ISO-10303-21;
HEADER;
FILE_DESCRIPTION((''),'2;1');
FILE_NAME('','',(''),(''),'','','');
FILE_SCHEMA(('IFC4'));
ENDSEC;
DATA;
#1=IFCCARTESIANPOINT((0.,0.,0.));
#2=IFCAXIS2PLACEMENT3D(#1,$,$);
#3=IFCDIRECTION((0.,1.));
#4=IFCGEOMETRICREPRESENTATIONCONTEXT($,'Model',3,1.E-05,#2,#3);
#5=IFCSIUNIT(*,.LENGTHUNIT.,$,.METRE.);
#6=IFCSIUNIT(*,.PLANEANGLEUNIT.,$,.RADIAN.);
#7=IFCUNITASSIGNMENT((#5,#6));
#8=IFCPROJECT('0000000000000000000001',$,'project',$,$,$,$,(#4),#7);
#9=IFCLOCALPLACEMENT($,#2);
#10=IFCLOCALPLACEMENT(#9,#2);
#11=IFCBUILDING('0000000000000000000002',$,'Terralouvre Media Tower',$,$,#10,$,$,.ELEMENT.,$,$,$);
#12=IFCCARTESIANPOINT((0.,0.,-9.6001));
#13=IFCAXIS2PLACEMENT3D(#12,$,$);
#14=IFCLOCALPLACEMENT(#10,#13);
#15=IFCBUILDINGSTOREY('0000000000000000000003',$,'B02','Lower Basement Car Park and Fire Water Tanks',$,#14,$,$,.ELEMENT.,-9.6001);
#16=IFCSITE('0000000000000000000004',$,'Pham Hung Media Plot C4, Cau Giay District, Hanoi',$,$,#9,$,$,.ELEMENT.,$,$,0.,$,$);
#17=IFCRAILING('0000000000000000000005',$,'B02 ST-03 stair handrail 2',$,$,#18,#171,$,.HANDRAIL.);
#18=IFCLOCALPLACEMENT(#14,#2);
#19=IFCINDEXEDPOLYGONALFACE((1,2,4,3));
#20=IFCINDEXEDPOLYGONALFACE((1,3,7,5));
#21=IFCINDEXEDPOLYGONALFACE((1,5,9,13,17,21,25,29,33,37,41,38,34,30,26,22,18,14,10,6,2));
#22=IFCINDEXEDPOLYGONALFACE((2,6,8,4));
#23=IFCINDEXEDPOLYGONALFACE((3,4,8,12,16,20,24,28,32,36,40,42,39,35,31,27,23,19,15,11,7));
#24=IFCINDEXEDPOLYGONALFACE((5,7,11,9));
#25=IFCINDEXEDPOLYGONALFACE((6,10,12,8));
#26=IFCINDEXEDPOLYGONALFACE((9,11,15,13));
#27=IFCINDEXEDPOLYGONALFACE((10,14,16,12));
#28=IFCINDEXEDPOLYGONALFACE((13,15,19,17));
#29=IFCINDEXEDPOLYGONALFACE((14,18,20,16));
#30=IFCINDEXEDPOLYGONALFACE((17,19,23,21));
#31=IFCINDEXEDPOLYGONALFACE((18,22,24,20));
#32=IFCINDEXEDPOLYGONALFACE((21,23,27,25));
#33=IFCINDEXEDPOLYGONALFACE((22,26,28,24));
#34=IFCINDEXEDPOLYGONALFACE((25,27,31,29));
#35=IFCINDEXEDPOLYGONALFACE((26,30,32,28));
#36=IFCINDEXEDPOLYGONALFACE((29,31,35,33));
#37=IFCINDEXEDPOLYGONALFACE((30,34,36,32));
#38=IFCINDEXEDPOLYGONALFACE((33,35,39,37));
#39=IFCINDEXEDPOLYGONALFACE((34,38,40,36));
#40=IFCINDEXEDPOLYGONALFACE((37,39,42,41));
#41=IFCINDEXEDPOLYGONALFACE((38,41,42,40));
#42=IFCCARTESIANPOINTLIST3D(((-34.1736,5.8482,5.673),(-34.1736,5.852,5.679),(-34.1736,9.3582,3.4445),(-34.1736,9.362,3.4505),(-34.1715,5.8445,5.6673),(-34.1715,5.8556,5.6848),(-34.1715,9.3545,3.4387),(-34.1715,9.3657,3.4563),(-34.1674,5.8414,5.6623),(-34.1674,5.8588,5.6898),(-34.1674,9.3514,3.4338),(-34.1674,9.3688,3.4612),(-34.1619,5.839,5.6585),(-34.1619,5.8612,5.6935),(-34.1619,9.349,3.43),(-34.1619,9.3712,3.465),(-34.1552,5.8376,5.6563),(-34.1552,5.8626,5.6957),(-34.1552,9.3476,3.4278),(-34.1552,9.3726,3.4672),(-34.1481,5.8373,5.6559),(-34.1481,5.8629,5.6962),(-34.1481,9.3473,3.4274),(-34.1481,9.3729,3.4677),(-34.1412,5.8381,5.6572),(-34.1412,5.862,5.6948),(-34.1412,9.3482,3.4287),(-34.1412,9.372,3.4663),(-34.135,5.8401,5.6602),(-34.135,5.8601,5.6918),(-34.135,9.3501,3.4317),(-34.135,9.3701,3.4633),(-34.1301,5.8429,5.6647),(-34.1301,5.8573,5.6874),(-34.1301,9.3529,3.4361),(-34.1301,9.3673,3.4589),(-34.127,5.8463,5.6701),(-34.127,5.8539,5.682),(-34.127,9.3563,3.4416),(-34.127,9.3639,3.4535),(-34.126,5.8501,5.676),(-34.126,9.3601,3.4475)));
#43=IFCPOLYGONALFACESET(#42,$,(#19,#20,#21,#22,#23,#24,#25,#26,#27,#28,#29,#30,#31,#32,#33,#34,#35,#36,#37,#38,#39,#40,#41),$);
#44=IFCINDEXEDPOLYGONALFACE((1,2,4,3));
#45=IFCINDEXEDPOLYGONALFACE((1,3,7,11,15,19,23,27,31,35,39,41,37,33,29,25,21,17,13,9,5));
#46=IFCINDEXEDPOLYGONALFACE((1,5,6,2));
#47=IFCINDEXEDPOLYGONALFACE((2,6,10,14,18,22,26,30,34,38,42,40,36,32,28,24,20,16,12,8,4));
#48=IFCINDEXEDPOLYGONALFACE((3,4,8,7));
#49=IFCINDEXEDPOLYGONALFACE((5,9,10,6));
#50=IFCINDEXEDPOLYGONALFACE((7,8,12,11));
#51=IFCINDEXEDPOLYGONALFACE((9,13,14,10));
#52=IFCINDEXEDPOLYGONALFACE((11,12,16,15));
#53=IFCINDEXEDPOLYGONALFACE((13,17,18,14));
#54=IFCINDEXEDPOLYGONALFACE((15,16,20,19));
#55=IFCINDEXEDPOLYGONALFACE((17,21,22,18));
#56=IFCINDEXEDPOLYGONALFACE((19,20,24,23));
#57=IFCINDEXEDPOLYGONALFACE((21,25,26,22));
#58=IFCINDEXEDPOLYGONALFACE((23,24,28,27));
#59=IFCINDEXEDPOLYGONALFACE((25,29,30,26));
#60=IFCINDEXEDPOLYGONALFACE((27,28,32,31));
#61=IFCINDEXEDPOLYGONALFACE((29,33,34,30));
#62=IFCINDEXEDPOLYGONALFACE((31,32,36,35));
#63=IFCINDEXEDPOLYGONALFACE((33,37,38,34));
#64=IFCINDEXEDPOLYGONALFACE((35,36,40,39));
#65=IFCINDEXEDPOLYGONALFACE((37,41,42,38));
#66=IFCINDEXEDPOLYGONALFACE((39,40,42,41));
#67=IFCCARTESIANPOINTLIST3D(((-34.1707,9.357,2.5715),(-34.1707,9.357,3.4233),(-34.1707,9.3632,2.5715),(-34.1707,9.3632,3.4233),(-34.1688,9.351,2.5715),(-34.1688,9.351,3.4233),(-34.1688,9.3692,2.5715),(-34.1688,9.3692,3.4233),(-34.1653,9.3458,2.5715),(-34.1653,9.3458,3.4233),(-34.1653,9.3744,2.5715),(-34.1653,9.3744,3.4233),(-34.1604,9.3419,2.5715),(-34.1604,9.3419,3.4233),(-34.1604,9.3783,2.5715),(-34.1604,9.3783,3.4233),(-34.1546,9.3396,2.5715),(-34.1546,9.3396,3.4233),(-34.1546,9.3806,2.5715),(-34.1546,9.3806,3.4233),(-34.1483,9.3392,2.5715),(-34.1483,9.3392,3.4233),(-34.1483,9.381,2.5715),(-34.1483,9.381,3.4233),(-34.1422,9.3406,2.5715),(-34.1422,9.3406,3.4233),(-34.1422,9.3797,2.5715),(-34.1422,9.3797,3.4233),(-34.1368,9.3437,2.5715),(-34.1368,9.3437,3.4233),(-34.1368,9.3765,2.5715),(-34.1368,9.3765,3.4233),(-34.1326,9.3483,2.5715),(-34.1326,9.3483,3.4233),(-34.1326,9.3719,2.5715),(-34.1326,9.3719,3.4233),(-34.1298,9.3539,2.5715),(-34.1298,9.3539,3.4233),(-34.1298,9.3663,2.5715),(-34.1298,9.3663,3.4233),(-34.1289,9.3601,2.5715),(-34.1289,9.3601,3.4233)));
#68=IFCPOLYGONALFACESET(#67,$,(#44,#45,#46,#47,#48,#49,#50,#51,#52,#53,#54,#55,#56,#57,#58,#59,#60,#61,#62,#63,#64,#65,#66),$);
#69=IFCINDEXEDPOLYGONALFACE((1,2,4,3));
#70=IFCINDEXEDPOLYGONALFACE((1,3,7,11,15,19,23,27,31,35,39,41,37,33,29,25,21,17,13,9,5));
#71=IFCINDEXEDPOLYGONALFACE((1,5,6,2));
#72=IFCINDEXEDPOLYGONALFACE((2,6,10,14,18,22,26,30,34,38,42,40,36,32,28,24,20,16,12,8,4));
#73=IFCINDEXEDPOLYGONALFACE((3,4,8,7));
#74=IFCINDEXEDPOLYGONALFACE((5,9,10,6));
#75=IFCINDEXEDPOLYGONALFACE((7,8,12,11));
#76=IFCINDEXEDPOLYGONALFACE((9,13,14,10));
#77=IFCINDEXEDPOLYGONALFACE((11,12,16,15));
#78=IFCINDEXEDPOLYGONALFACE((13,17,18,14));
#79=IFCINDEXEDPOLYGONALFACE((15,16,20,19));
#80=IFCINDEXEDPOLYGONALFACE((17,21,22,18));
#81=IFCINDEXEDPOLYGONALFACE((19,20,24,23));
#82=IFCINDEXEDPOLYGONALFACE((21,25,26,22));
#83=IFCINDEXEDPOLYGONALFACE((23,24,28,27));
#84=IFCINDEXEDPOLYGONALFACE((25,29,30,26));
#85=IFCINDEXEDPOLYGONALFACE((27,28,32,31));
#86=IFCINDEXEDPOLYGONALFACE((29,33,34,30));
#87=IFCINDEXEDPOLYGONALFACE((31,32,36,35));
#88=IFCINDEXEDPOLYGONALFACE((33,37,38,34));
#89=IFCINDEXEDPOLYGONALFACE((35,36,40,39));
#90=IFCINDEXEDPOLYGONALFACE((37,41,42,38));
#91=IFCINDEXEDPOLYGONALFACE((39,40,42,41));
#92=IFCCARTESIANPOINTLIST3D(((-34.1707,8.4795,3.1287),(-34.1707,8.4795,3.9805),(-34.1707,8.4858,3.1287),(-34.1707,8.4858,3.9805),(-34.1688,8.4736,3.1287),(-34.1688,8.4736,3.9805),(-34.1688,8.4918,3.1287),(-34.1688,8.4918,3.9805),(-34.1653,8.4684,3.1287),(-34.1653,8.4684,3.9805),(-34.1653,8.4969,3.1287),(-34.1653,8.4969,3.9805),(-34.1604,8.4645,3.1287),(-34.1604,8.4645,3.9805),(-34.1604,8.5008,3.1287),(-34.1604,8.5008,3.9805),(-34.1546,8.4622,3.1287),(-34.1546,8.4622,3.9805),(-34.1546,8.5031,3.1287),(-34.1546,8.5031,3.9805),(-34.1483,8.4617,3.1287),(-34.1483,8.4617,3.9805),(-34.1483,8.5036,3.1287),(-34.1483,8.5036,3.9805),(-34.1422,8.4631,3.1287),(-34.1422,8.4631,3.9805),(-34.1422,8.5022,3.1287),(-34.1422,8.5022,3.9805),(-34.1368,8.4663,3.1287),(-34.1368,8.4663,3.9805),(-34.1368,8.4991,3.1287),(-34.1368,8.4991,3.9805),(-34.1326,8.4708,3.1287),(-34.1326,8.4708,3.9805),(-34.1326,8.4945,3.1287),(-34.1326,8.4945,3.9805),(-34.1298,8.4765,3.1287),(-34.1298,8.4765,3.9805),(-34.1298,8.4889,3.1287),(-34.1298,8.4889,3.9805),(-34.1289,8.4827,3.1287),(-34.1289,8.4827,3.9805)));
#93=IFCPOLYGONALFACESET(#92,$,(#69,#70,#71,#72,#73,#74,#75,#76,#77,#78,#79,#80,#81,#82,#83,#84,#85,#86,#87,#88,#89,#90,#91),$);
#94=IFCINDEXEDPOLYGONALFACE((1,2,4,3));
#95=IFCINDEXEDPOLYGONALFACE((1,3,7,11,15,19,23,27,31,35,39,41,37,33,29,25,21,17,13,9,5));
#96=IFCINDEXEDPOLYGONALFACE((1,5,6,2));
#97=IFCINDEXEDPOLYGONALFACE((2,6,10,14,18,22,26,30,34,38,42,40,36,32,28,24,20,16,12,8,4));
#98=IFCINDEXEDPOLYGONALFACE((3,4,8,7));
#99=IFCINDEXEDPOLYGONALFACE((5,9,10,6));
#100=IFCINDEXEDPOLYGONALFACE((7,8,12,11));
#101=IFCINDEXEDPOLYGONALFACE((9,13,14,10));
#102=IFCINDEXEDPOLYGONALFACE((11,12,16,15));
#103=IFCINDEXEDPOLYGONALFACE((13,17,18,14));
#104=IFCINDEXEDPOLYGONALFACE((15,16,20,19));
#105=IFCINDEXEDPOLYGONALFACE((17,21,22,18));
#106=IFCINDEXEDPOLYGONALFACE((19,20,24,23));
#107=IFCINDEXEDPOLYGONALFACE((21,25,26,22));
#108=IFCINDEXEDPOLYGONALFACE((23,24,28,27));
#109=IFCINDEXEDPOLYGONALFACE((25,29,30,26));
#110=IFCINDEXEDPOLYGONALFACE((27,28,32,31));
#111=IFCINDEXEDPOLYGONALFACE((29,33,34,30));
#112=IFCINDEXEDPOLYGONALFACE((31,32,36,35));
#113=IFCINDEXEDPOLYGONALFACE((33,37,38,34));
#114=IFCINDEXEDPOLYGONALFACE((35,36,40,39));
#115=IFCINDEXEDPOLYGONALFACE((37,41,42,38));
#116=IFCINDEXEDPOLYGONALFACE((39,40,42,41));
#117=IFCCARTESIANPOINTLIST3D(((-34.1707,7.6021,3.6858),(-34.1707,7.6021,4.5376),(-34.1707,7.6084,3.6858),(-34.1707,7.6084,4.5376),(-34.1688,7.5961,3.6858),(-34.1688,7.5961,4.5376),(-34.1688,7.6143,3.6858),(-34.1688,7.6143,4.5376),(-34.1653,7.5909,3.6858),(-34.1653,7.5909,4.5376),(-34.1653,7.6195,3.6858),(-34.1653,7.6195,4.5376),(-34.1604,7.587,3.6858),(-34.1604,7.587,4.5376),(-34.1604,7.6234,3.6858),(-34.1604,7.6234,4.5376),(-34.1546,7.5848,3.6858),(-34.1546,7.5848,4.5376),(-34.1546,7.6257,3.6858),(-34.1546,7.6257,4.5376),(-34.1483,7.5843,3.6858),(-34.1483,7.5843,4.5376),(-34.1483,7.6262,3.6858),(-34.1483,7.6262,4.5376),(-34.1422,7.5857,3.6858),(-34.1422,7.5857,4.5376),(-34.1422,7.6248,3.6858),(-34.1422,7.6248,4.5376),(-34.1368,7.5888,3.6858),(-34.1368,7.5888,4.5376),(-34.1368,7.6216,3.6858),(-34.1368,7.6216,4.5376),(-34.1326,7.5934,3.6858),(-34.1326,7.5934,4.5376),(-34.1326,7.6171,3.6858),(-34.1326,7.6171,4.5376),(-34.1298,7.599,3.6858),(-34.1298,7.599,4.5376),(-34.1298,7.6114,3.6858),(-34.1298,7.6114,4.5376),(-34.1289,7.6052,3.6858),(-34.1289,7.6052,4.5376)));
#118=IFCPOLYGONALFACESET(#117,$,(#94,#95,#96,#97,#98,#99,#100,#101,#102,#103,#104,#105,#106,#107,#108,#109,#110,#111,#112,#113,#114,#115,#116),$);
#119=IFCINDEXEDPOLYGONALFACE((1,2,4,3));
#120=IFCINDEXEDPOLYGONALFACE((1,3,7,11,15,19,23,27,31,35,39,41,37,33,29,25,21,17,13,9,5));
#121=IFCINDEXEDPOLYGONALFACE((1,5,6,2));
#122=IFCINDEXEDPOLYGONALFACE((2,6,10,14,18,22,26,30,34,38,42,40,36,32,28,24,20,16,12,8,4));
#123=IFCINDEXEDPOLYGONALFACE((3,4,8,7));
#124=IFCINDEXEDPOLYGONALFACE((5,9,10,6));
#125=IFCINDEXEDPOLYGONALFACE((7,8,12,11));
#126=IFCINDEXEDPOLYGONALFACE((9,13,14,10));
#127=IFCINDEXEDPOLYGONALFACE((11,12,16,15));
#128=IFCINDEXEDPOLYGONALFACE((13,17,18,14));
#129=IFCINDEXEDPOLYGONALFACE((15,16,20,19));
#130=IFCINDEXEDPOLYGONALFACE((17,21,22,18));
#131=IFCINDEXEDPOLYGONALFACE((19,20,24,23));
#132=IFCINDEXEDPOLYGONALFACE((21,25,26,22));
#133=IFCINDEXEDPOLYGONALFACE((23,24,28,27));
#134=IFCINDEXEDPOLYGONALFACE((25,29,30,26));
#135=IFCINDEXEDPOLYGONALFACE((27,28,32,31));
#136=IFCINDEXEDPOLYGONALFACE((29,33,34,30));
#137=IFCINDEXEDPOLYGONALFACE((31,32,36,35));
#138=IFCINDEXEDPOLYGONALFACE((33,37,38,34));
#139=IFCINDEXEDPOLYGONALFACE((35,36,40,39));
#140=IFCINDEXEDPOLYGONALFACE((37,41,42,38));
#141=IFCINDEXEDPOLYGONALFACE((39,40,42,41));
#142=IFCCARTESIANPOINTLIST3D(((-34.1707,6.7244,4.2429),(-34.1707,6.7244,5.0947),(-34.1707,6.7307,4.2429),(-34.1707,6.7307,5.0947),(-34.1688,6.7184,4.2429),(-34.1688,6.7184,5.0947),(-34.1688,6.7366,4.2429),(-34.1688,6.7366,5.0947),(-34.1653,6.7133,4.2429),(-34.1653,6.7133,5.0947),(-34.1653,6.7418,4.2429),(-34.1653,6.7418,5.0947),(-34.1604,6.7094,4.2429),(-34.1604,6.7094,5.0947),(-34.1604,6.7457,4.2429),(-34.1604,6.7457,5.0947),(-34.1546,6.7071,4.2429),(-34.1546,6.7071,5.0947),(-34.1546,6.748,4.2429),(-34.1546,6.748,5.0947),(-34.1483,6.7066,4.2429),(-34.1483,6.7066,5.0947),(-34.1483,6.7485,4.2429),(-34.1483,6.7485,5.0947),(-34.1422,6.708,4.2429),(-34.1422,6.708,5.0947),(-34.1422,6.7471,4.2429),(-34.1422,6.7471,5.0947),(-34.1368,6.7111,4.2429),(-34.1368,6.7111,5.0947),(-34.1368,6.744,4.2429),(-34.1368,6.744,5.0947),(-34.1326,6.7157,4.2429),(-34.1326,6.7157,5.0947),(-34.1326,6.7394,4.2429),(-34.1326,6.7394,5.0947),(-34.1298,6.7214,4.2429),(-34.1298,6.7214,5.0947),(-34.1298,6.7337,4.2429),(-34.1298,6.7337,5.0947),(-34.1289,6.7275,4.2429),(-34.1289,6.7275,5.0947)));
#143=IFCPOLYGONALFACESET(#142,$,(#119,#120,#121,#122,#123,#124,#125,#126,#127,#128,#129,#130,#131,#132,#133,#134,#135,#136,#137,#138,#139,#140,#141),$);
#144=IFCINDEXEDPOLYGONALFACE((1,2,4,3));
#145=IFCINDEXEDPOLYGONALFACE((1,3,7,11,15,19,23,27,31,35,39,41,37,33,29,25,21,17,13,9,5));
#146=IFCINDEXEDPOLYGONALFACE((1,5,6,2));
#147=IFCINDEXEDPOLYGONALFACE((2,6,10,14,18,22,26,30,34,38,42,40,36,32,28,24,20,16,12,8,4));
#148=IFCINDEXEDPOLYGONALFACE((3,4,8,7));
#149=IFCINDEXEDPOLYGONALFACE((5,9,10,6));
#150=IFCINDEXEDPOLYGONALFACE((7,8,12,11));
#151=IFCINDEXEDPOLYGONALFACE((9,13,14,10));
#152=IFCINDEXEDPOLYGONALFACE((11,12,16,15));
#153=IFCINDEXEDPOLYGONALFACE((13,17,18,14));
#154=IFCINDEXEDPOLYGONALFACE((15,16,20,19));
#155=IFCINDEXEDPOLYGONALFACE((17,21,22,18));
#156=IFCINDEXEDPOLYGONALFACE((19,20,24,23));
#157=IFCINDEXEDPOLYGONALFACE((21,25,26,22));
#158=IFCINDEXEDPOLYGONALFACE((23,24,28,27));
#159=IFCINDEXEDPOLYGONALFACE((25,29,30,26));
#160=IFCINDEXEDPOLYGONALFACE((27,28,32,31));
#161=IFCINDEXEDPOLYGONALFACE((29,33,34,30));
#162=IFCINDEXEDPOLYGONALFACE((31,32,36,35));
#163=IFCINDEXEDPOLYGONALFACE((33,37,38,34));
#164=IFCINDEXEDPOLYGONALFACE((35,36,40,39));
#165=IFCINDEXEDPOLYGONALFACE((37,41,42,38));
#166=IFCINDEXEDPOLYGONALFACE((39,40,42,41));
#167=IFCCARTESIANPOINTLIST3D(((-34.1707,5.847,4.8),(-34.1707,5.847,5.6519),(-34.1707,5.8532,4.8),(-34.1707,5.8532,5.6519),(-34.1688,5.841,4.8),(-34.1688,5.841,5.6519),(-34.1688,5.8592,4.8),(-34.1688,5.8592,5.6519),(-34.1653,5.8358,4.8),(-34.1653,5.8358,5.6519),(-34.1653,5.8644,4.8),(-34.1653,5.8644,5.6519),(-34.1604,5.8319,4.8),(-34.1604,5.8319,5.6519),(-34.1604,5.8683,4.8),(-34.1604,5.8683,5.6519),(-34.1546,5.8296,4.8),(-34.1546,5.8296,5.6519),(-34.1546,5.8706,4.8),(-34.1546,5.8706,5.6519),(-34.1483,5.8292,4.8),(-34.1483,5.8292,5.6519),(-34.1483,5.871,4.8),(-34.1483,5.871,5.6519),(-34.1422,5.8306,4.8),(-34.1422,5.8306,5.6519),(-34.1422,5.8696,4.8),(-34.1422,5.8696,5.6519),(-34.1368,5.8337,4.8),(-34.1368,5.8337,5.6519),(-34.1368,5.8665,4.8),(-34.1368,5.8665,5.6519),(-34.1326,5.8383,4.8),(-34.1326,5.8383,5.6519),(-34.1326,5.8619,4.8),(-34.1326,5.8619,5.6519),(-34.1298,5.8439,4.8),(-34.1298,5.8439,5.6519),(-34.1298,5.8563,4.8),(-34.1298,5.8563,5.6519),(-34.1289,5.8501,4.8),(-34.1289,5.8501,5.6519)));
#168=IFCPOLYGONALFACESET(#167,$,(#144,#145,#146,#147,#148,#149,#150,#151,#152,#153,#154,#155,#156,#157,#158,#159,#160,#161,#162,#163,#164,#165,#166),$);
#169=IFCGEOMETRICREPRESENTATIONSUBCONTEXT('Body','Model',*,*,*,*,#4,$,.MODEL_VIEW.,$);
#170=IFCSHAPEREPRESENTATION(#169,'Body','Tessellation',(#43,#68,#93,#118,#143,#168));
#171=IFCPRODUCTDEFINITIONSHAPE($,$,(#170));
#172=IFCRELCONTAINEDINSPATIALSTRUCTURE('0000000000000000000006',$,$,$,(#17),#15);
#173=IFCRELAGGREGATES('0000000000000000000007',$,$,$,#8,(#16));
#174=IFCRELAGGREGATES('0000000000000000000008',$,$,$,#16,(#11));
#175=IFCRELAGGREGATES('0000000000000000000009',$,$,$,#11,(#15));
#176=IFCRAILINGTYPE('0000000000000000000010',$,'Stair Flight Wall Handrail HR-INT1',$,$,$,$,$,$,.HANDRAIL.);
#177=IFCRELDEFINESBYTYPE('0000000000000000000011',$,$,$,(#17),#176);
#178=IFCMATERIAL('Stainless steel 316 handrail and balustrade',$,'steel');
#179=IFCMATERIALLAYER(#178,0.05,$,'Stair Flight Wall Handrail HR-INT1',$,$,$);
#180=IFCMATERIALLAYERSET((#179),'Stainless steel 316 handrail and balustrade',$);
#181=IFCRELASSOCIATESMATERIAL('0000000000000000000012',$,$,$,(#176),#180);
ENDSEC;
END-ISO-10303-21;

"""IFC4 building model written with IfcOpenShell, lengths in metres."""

from ifc_helpers import new_model, si_unit, direction, frame, origin, origin_2d, place, context, subcontext, project, spatial, circle, extrude, material, layer, layer_set, type_object, element, save


model = new_model("IFC4")

# Units and contexts
model_context = context("Model", 3, precision=1e-05, world=origin(), true_north=direction((0.0, 1.0)))
body_context = subcontext(model_context, "Body", "Model", "MODEL_VIEW")
ifc_project = project(units=[si_unit("LENGTHUNIT", "METRE"), si_unit("PLANEANGLEUNIT", "RADIAN")], contexts=[model_context])

# Site, building, storey
site_placement = place(None, origin())
site = spatial("IfcSite", under=ifc_project, at=site_placement, Name="Pham Hung Media Plot C4, Cau Giay District, Hanoi", CompositionType="ELEMENT", RefElevation=0.0)
building_placement = place(site_placement, origin())
building = spatial("IfcBuilding", under=site, at=building_placement, Name="Terralouvre Media Tower", CompositionType="ELEMENT")
storey_placement = place(building_placement, frame((0.0, 0.0, -9.6001)))
storey = spatial("IfcBuildingStorey", under=building, at=storey_placement, Name="B02", Description="Lower Basement Car Park and Fire Water Tanks", CompositionType="ELEMENT", Elevation=-9.6001)

# Railing
ifc_material_1 = material(Name="Stainless steel 316 handrail and balustrade", Category="steel")
ifc_layer_1 = layer(ifc_material_1, 0.05, Name="Stair Flight Wall Handrail HR-INT1")
ifc_layer_set_1 = layer_set([ifc_layer_1], Name="Stainless steel 316 handrail and balustrade")
railing_type_1 = type_object("IfcRailingType", Name="Stair Flight Wall Handrail HR-INT1", PredefinedType="HANDRAIL", material=ifc_layer_set_1)
railing_1_placement = place(storey_placement, frame((-34.1499, 9.3601, 2.5715)))
element("IfcRailing", 1, at=railing_1_placement, inside=storey, type_object=railing_type_1, Name="B02 ST-03 stair handrail 2", PredefinedType="HANDRAIL", context=body_context, shape_type="SweptSolid", body=[
    extrude(circle(Radius=0.0239, at=origin_2d()), frame((0.0, 0.0, 0.876), z_axis=(0.0, -0.84422, 0.535998), x_axis=(1.0, 0.0, 0.0)), (0.0, 0.0, 1.0), 4.1577),
    extrude(circle(Radius=0.021, at=origin_2d()), origin(), (0.0, 0.0, 1.0), 0.8518),
    extrude(circle(Radius=0.021, at=origin_2d()), frame((0.0, -0.8774, 0.5571)), (0.0, 0.0, 1.0), 0.8518),
    extrude(circle(Radius=0.021, at=origin_2d()), frame((0.0, -1.7549, 1.1143)), (0.0, 0.0, 1.0), 0.8518),
    extrude(circle(Radius=0.021, at=origin_2d()), frame((0.0, -2.6326, 1.6714)), (0.0, 0.0, 1.0), 0.8518),
    extrude(circle(Radius=0.021, at=origin_2d()), frame((0.0, -3.51, 2.2285)), (0.0, 0.0, 1.0), 0.8518),
])

save(model, "model.ifc")
